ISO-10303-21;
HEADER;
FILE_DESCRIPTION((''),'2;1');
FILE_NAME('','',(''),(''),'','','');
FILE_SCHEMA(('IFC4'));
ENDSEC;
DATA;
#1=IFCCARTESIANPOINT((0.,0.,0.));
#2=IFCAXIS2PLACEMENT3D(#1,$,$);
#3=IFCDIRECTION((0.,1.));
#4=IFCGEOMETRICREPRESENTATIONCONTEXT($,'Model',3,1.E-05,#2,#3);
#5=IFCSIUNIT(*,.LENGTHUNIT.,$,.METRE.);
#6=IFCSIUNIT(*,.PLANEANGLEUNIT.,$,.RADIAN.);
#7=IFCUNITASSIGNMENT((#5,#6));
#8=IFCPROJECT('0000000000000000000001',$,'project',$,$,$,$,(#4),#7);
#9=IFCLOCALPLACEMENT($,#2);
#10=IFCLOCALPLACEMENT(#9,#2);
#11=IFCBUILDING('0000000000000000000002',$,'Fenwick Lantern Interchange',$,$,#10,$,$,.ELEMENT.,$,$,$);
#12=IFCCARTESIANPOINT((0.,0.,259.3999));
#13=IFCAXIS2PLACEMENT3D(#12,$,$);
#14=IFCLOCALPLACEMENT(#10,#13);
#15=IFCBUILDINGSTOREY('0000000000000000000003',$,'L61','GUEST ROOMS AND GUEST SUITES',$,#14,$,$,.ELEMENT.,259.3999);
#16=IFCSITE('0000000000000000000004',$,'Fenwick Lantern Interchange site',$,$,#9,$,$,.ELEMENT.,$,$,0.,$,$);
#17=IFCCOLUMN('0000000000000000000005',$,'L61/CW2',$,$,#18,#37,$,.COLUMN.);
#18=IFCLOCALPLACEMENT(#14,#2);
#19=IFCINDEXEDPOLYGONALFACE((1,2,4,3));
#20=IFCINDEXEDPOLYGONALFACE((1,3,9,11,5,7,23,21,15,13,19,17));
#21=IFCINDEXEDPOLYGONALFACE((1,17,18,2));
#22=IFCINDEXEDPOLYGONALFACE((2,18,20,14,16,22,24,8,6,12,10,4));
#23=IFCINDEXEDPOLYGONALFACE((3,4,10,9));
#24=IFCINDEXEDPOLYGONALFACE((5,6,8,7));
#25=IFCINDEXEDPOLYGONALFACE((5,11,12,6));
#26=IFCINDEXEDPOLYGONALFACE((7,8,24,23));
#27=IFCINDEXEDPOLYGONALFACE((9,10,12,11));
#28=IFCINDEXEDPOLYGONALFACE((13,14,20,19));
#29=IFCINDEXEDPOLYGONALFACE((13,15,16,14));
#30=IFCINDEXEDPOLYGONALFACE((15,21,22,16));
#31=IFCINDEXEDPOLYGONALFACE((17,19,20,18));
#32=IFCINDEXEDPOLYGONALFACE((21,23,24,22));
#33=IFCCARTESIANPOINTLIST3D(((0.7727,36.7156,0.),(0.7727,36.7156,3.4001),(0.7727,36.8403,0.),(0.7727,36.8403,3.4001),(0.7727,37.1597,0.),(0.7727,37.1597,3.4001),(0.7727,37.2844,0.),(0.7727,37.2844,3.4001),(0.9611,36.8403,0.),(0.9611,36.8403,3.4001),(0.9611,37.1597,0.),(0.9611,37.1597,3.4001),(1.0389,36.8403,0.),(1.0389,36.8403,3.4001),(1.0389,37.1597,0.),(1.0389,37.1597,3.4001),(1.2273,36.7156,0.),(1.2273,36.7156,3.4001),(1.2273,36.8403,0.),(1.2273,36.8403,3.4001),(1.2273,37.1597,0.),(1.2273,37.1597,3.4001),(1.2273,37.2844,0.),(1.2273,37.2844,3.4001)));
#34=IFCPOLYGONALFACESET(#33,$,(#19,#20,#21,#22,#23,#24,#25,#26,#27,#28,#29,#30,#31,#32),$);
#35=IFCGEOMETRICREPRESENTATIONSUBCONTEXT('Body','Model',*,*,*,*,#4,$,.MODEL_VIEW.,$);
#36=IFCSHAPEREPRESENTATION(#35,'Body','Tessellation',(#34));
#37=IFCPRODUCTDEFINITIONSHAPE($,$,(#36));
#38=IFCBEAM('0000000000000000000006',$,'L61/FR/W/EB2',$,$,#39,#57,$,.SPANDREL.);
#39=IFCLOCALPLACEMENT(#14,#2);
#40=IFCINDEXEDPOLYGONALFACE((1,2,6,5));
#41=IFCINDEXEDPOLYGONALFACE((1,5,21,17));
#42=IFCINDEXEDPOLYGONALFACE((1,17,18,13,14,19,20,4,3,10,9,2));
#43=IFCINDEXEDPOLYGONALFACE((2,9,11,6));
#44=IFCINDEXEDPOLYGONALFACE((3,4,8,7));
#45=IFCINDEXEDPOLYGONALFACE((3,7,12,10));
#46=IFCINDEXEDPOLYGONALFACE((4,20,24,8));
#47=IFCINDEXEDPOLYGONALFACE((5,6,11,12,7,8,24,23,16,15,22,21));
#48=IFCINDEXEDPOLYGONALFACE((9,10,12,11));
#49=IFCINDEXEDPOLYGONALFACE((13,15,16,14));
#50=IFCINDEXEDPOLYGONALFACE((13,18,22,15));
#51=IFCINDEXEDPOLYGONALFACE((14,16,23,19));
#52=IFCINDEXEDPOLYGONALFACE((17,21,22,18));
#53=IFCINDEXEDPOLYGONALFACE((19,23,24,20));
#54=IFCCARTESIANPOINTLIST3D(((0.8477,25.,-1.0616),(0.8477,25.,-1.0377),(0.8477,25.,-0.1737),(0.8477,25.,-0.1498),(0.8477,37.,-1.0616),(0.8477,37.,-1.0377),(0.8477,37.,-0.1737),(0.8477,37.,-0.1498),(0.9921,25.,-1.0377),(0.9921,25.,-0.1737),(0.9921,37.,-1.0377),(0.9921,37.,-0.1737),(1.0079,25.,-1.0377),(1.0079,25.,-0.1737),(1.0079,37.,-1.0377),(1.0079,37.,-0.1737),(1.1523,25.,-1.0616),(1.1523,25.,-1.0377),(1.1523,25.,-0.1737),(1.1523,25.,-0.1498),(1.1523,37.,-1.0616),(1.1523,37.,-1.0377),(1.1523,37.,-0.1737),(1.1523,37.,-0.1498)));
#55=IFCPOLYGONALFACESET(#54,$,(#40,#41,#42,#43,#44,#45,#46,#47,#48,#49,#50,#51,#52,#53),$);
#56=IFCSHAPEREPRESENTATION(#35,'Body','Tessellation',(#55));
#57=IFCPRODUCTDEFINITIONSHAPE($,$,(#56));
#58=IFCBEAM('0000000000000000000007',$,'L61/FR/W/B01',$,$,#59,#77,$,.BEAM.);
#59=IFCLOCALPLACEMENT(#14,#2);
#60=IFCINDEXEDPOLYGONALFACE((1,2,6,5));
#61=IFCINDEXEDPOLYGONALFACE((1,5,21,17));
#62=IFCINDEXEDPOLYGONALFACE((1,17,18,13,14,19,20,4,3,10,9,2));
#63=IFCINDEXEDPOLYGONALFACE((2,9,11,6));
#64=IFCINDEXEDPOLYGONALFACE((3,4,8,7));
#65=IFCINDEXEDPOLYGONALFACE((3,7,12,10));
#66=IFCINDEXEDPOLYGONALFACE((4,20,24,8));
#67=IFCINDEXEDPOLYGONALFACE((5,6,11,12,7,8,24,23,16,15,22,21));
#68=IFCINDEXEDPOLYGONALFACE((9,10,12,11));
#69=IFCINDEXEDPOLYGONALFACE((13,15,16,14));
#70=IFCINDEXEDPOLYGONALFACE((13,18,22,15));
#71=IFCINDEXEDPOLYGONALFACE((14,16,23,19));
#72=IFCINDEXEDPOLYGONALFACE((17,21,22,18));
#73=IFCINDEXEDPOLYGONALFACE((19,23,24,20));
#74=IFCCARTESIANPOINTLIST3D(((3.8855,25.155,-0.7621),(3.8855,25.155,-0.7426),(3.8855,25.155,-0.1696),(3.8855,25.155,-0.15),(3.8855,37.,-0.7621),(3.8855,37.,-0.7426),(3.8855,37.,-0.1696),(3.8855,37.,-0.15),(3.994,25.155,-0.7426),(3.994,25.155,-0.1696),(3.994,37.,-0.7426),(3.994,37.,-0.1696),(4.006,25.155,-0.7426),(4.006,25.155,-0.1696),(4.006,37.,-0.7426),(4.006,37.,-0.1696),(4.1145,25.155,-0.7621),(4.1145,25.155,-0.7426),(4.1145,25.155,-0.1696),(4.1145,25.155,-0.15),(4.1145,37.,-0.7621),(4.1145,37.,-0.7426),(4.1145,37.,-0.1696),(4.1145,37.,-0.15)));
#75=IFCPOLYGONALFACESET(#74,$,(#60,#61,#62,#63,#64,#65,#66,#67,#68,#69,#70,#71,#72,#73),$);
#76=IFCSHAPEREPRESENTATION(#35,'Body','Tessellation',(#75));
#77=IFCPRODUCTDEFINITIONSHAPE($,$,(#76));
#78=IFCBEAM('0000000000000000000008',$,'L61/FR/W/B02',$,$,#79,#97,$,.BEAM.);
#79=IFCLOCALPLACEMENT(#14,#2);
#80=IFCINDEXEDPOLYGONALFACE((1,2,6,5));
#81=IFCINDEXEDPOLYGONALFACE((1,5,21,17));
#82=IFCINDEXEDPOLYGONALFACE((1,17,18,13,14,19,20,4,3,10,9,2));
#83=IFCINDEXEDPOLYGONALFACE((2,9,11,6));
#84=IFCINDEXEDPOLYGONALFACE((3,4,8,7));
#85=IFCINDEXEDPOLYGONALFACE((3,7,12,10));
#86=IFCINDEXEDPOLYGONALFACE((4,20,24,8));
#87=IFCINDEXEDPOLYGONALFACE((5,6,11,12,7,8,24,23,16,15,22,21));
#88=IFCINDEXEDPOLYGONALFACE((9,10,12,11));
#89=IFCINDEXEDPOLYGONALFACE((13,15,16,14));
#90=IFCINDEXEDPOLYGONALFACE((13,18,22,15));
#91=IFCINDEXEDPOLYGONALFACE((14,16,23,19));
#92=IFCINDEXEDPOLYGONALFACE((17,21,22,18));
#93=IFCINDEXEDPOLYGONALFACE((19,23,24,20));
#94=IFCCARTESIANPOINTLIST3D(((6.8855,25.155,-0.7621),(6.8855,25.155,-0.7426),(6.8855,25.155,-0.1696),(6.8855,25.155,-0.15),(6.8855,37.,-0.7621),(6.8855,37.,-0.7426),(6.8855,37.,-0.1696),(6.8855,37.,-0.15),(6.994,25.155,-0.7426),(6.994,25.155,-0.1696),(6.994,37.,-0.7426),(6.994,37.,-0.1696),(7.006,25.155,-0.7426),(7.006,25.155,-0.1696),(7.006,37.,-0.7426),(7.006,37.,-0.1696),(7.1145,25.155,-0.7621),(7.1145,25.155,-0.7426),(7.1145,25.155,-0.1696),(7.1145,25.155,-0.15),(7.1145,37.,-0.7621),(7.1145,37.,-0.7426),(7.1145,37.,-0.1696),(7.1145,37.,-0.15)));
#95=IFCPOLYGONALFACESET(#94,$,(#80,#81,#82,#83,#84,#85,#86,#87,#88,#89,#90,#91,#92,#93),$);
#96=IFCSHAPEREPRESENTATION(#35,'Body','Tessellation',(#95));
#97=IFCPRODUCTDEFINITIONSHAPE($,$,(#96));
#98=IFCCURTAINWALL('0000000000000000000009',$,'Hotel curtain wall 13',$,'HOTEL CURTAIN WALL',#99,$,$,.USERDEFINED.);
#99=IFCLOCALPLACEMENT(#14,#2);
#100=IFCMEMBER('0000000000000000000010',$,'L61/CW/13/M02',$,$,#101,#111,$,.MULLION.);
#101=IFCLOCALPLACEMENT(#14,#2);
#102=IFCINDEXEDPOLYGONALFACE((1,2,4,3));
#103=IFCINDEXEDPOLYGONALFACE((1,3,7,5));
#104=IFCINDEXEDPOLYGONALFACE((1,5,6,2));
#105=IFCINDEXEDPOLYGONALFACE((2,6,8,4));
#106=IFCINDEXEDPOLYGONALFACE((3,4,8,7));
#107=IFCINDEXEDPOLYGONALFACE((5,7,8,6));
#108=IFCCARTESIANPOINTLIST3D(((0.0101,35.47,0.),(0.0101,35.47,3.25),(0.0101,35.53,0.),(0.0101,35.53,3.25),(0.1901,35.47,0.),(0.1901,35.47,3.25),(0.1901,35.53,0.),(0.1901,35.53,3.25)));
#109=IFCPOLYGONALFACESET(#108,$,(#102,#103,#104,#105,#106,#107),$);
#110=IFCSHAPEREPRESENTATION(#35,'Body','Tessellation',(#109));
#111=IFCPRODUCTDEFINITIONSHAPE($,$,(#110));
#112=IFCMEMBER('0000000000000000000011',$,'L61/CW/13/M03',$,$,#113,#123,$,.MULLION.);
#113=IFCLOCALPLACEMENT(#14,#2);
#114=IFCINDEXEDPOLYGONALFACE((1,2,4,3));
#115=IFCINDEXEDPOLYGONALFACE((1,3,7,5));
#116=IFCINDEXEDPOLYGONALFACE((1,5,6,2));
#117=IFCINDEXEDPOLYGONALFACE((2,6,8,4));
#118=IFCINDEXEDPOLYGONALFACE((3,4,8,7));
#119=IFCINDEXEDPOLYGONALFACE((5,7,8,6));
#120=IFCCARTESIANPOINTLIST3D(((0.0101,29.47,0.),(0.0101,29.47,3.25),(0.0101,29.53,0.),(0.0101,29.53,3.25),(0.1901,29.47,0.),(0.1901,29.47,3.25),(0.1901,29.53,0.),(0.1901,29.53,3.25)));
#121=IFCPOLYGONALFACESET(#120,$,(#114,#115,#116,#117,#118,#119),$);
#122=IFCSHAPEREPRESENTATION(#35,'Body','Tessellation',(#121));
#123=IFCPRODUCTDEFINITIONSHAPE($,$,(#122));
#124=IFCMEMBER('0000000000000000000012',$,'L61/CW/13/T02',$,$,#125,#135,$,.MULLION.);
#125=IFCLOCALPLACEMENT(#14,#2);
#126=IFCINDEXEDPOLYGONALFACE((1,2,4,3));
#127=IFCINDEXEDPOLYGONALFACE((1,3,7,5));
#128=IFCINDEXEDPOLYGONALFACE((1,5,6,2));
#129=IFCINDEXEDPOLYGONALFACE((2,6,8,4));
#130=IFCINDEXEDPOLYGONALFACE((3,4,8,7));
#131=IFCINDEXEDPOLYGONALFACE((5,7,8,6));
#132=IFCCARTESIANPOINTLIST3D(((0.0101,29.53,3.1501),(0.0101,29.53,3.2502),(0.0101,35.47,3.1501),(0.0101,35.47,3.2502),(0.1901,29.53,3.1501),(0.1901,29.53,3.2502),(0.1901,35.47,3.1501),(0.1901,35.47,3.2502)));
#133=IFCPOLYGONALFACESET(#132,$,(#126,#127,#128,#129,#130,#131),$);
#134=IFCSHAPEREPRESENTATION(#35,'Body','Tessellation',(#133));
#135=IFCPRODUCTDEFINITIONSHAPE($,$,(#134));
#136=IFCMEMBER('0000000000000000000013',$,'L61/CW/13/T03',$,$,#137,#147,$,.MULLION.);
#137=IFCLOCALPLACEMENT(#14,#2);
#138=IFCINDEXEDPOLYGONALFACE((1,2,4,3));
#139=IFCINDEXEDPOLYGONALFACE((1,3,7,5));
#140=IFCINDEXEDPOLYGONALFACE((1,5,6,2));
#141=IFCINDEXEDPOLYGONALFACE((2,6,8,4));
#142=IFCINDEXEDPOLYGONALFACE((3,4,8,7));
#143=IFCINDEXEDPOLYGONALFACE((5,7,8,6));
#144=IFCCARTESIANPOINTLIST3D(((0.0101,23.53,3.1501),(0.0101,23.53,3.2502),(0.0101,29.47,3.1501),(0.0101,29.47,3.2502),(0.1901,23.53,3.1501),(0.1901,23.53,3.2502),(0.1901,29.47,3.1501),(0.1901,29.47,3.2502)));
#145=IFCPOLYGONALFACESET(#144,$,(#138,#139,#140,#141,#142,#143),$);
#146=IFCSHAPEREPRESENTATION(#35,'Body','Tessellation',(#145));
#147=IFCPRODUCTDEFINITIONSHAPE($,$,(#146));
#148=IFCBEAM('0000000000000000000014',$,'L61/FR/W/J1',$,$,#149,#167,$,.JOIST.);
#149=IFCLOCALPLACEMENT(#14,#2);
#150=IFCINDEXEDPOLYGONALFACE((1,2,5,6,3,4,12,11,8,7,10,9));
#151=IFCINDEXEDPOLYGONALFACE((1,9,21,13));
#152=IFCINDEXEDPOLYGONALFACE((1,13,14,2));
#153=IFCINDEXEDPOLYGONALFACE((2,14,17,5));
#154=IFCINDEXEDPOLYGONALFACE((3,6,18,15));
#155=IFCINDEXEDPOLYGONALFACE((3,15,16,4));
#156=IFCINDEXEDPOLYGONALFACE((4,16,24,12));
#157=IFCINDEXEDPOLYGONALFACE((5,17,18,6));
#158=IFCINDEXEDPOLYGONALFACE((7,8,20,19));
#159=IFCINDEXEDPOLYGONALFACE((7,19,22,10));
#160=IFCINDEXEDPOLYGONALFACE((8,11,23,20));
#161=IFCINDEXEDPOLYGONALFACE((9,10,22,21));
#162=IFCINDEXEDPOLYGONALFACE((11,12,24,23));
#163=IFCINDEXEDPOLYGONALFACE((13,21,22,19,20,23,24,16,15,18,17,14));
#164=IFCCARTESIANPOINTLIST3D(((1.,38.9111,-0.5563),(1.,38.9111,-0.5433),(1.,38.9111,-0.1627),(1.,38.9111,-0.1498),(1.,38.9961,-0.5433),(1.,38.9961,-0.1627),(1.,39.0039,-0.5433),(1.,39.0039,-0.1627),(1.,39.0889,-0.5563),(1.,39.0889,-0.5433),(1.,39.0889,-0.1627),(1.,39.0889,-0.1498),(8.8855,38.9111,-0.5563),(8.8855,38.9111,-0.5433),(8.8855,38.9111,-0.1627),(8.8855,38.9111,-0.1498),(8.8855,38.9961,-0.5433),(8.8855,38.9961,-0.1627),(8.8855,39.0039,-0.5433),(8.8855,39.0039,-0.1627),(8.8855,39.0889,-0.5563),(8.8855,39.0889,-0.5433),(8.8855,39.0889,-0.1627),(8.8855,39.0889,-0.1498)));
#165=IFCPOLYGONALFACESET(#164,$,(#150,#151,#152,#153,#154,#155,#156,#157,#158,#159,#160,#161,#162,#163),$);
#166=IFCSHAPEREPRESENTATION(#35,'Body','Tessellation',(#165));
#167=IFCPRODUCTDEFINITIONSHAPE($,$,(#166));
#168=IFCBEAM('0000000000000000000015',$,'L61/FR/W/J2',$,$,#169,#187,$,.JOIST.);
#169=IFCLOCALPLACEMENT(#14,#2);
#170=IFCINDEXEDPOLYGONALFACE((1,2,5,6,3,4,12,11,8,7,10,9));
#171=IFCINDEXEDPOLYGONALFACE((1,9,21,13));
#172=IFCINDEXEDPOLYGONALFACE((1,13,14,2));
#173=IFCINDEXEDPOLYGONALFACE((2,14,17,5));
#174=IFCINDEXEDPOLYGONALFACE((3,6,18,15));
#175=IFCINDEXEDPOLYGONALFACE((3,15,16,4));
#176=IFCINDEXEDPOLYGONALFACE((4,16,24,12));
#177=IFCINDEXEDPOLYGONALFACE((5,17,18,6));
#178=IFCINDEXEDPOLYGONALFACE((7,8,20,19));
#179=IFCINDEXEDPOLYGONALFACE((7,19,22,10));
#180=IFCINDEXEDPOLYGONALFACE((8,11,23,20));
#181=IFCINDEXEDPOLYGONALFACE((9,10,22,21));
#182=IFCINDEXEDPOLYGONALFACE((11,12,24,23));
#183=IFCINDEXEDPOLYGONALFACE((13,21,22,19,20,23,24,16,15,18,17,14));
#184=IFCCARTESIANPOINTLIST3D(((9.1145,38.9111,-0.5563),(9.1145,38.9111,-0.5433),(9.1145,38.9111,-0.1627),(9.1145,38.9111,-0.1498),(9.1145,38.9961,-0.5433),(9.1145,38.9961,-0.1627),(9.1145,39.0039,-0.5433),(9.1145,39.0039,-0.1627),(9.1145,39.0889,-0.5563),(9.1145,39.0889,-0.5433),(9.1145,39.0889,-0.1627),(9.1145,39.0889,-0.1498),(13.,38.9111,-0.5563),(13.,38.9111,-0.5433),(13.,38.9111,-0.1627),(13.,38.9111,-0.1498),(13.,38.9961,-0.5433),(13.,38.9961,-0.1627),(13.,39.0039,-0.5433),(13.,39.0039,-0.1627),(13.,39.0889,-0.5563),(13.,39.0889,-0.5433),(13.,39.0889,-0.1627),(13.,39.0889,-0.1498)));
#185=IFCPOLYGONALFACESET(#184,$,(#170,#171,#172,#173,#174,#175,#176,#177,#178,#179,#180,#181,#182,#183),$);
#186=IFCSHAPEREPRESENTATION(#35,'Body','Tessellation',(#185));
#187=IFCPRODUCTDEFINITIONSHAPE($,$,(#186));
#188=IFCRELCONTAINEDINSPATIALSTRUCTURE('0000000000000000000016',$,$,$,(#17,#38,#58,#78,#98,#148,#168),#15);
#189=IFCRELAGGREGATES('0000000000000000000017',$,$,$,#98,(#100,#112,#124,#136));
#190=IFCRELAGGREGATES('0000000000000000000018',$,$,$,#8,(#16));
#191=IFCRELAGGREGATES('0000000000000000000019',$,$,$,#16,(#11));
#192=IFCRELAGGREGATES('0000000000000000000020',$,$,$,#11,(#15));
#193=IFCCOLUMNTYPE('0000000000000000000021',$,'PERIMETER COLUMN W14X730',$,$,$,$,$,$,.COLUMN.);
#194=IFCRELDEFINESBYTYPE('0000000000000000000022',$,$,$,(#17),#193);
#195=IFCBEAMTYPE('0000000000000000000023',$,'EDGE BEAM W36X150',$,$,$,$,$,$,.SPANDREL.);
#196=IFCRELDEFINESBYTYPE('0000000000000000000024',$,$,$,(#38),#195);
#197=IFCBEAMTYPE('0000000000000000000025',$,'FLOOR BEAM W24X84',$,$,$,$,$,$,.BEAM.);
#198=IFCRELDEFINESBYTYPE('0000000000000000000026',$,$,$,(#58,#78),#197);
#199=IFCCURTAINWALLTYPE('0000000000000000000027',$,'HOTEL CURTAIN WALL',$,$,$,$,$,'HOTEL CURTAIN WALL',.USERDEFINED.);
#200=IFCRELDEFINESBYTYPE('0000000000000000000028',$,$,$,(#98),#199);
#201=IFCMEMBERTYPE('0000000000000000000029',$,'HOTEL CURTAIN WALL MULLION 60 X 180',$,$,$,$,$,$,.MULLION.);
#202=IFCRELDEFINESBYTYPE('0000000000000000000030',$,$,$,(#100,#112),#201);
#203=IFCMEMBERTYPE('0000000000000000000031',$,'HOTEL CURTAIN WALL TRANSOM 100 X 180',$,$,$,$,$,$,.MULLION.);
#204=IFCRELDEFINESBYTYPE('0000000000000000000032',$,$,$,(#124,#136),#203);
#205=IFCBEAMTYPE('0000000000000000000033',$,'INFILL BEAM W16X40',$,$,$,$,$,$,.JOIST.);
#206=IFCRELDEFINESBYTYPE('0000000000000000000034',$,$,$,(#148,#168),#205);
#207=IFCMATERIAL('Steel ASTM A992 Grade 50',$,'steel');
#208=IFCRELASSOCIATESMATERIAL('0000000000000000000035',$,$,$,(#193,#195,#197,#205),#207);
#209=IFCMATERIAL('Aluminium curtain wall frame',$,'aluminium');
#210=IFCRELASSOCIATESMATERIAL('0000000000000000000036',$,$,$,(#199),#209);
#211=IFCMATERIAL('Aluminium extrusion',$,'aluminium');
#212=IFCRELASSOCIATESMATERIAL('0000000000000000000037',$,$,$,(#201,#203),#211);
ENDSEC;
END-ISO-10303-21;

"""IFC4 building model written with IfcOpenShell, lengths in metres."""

from ifc_helpers import new_model, si_unit, direction, frame, origin, origin_2d, place, context, subcontext, project, spatial, rectangle, i_section, extrude, material, material_profile, profile_set, type_object, element, aggregate, save


model = new_model("IFC4")

# Units and contexts
model_context = context("Model", 3, precision=1e-05, world=origin(), true_north=direction((0.0, 1.0)))
body_context = subcontext(model_context, "Body", "Model", "MODEL_VIEW")
ifc_project = project(units=[si_unit("LENGTHUNIT", "METRE"), si_unit("PLANEANGLEUNIT", "RADIAN")], contexts=[model_context])

# Site, building, storey
site_placement = place(None, origin())
site = spatial("IfcSite", under=ifc_project, at=site_placement, Name="Fenwick Lantern Interchange site", CompositionType="ELEMENT", RefElevation=0.0)
building_placement = place(site_placement, origin())
building = spatial("IfcBuilding", under=site, at=building_placement, Name="Fenwick Lantern Interchange", CompositionType="ELEMENT")
storey_placement = place(building_placement, frame((0.0, 0.0, 259.3999)))
storey = spatial("IfcBuildingStorey", under=building, at=storey_placement, Name="L61", Description="GUEST ROOMS AND GUEST SUITES", CompositionType="ELEMENT", Elevation=259.3999)

# Column
ifc_material_1 = material(Name="Steel ASTM A992 Grade 50", Category="steel")
ifc_material_profile_1 = material_profile(ifc_material_1, i_section(OverallWidth=0.4546, OverallDepth=0.5688, WebThickness=0.0779, FlangeThickness=0.1248, at=origin_2d()), Name="W14X730")
ifc_profile_set_1 = profile_set([ifc_material_profile_1], Name="Steel ASTM A992 Grade 50")
column_type = type_object("IfcColumnType", Name="PERIMETER COLUMN W14X730", PredefinedType="COLUMN", material=ifc_profile_set_1)
column_placement = place(storey_placement, frame((1.0, 37.0, 0.0), z_axis=(0.0, 0.0, 1.0), x_axis=(1.0, 0.0, 0.0)))
element("IfcColumn", 1, at=column_placement, inside=storey, type_object=column_type, Name="L61/CW2", PredefinedType="COLUMN", context=body_context, shape_type="SweptSolid", body=[
    extrude(i_section(OverallWidth=0.4546, OverallDepth=0.5688, WebThickness=0.0779, FlangeThickness=0.1248, at=origin_2d()), origin(), (0.0, 0.0, 1.0), 3.4001),
])

# Beams
ifc_material_profile_2 = material_profile(ifc_material_1, i_section(OverallWidth=0.3047, OverallDepth=0.9119, WebThickness=0.0159, FlangeThickness=0.0239, at=origin_2d()), Name="W36X150")
ifc_profile_set_2 = profile_set([ifc_material_profile_2], Name="Steel ASTM A992 Grade 50")
beam_type_1 = type_object("IfcBeamType", Name="EDGE BEAM W36X150", PredefinedType="SPANDREL", material=ifc_profile_set_2)
beam_1_placement = place(storey_placement, frame((1.0, 37.0, -0.6057), z_axis=(0.0, -1.0, 0.0), x_axis=(1.0, 0.0, 0.0)))
element("IfcBeam", 2, at=beam_1_placement, inside=storey, type_object=beam_type_1, Name="L61/FR/W/EB2", PredefinedType="SPANDREL", context=body_context, shape_type="SweptSolid", body=[
    extrude(i_section(OverallWidth=0.3047, OverallDepth=0.9119, WebThickness=0.0159, FlangeThickness=0.0239, at=origin_2d()), origin(), (0.0, 0.0, 1.0), 12.0),
])
ifc_material_profile_3 = material_profile(ifc_material_1, i_section(OverallWidth=0.229, OverallDepth=0.6121, WebThickness=0.012, FlangeThickness=0.0195, at=origin_2d()), Name="W24X84")
ifc_profile_set_3 = profile_set([ifc_material_profile_3], Name="Steel ASTM A992 Grade 50")
beam_type_2 = type_object("IfcBeamType", Name="FLOOR BEAM W24X84", PredefinedType="BEAM", material=ifc_profile_set_3)
for number, where, z_axis, x_axis, name in (
    (3, (4.0, 37.0, -0.4561), (0.0, -1.0, 0.0), (1.0, 0.0, 0.0), "L61/FR/W/B01"),
    (4, (7.0, 37.0, -0.4561), (0.0, -1.0, 0.0), (1.0, 0.0, 0.0), "L61/FR/W/B02"),
):
    element("IfcBeam", number, at=place(storey_placement, frame(where, z_axis=z_axis, x_axis=x_axis)), inside=storey, type_object=beam_type_2, Name=name, PredefinedType="BEAM", context=body_context, shape_type="SweptSolid", body=[
        extrude(i_section(OverallWidth=0.229, OverallDepth=0.6121, WebThickness=0.012, FlangeThickness=0.0195, at=origin_2d()), origin(), (0.0, 0.0, 1.0), 11.845),
    ])

# Curtain wall, members
ifc_material_2 = material(Name="Aluminium curtain wall frame", Category="aluminium")
curtain_wall_type = type_object("IfcCurtainWallType", Name="HOTEL CURTAIN WALL", ElementType="HOTEL CURTAIN WALL", PredefinedType="USERDEFINED", material=ifc_material_2)
curtain_wall_placement = place(storey_placement, origin())
curtain_wall = element("IfcCurtainWall", 5, at=curtain_wall_placement, inside=storey, type_object=curtain_wall_type, Name="Hotel curtain wall 13", ObjectType="HOTEL CURTAIN WALL", PredefinedType="USERDEFINED")
ifc_material_3 = material(Name="Aluminium extrusion", Category="aluminium")
ifc_material_profile_4 = material_profile(ifc_material_3, rectangle(XDim=0.1799, YDim=0.0601, at=origin_2d()), Name="HOTEL CURTAIN WALL MULLION 60 X 180")
ifc_profile_set_4 = profile_set([ifc_material_profile_4], Name="Aluminium extrusion")
member_type_1 = type_object("IfcMemberType", Name="HOTEL CURTAIN WALL MULLION 60 X 180", PredefinedType="MULLION", material=ifc_profile_set_4)
member_1_placement = place(storey_placement, frame((0.1001, 35.5, 0.0), z_axis=(0.0, 0.0, 1.0), x_axis=(1.0, 0.0, 0.0)))
member_1 = element("IfcMember", 6, at=member_1_placement, type_object=member_type_1, Name="L61/CW/13/M02", PredefinedType="MULLION", context=body_context, shape_type="SweptSolid", body=[
    extrude(rectangle(XDim=0.1799, YDim=0.0601, at=origin_2d()), origin(), (0.0, 0.0, 1.0), 3.25),
])
member_2_placement = place(storey_placement, frame((0.1001, 29.5, 0.0), z_axis=(0.0, 0.0, 1.0), x_axis=(1.0, 0.0, 0.0)))
member_2 = element("IfcMember", 7, at=member_2_placement, type_object=member_type_1, Name="L61/CW/13/M03", PredefinedType="MULLION", context=body_context, shape_type="SweptSolid", body=[
    extrude(rectangle(XDim=0.1799, YDim=0.0601, at=origin_2d()), origin(), (0.0, 0.0, 1.0), 3.25),
])
ifc_material_profile_5 = material_profile(ifc_material_3, rectangle(XDim=0.1799, YDim=0.1001, at=origin_2d()), Name="HOTEL CURTAIN WALL TRANSOM 100 X 180")
ifc_profile_set_5 = profile_set([ifc_material_profile_5], Name="Aluminium extrusion")
member_type_2 = type_object("IfcMemberType", Name="HOTEL CURTAIN WALL TRANSOM 100 X 180", PredefinedType="MULLION", material=ifc_profile_set_5)
member_3_placement = place(storey_placement, frame((0.1001, 35.47, 3.2002), z_axis=(0.0, -1.0, 0.0), x_axis=(1.0, 0.0, 0.0)))
member_3 = element("IfcMember", 8, at=member_3_placement, type_object=member_type_2, Name="L61/CW/13/T02", PredefinedType="MULLION", context=body_context, shape_type="SweptSolid", body=[
    extrude(rectangle(XDim=0.1799, YDim=0.1001, at=origin_2d()), origin(), (0.0, 0.0, 1.0), 5.9399),
])
member_4_placement = place(storey_placement, frame((0.1001, 29.47, 3.2002), z_axis=(0.0, -1.0, 0.0), x_axis=(1.0, 0.0, 0.0)))
member_4 = element("IfcMember", 9, at=member_4_placement, type_object=member_type_2, Name="L61/CW/13/T03", PredefinedType="MULLION", context=body_context, shape_type="SweptSolid", body=[
    extrude(rectangle(XDim=0.1799, YDim=0.1001, at=origin_2d()), origin(), (0.0, 0.0, 1.0), 5.9399),
])
aggregate(curtain_wall, [member_1, member_2, member_3, member_4])

# Beams
ifc_material_profile_6 = material_profile(ifc_material_1, i_section(OverallWidth=0.1777, OverallDepth=0.4065, WebThickness=0.0078, FlangeThickness=0.0129, at=origin_2d()), Name="W16X40")
ifc_profile_set_6 = profile_set([ifc_material_profile_6], Name="Steel ASTM A992 Grade 50")
beam_type_3 = type_object("IfcBeamType", Name="INFILL BEAM W16X40", PredefinedType="JOIST", material=ifc_profile_set_6)
beam_2_placement = place(storey_placement, frame((1.0, 39.0, -0.353), z_axis=(1.0, 0.0, 0.0), x_axis=(0.0, 1.0, 0.0)))
element("IfcBeam", 10, at=beam_2_placement, inside=storey, type_object=beam_type_3, Name="L61/FR/W/J1", PredefinedType="JOIST", context=body_context, shape_type="SweptSolid", body=[
    extrude(i_section(OverallWidth=0.1777, OverallDepth=0.4065, WebThickness=0.0078, FlangeThickness=0.0129, at=origin_2d()), origin(), (0.0, 0.0, 1.0), 7.8855),
])
beam_3_placement = place(storey_placement, frame((9.1145, 39.0, -0.353), z_axis=(1.0, 0.0, 0.0), x_axis=(0.0, 1.0, 0.0)))
element("IfcBeam", 11, at=beam_3_placement, inside=storey, type_object=beam_type_3, Name="L61/FR/W/J2", PredefinedType="JOIST", context=body_context, shape_type="SweptSolid", body=[
    extrude(i_section(OverallWidth=0.1777, OverallDepth=0.4065, WebThickness=0.0078, FlangeThickness=0.0129, at=origin_2d()), origin(), (0.0, 0.0, 1.0), 3.8855),
])

save(model, "model.ifc")
